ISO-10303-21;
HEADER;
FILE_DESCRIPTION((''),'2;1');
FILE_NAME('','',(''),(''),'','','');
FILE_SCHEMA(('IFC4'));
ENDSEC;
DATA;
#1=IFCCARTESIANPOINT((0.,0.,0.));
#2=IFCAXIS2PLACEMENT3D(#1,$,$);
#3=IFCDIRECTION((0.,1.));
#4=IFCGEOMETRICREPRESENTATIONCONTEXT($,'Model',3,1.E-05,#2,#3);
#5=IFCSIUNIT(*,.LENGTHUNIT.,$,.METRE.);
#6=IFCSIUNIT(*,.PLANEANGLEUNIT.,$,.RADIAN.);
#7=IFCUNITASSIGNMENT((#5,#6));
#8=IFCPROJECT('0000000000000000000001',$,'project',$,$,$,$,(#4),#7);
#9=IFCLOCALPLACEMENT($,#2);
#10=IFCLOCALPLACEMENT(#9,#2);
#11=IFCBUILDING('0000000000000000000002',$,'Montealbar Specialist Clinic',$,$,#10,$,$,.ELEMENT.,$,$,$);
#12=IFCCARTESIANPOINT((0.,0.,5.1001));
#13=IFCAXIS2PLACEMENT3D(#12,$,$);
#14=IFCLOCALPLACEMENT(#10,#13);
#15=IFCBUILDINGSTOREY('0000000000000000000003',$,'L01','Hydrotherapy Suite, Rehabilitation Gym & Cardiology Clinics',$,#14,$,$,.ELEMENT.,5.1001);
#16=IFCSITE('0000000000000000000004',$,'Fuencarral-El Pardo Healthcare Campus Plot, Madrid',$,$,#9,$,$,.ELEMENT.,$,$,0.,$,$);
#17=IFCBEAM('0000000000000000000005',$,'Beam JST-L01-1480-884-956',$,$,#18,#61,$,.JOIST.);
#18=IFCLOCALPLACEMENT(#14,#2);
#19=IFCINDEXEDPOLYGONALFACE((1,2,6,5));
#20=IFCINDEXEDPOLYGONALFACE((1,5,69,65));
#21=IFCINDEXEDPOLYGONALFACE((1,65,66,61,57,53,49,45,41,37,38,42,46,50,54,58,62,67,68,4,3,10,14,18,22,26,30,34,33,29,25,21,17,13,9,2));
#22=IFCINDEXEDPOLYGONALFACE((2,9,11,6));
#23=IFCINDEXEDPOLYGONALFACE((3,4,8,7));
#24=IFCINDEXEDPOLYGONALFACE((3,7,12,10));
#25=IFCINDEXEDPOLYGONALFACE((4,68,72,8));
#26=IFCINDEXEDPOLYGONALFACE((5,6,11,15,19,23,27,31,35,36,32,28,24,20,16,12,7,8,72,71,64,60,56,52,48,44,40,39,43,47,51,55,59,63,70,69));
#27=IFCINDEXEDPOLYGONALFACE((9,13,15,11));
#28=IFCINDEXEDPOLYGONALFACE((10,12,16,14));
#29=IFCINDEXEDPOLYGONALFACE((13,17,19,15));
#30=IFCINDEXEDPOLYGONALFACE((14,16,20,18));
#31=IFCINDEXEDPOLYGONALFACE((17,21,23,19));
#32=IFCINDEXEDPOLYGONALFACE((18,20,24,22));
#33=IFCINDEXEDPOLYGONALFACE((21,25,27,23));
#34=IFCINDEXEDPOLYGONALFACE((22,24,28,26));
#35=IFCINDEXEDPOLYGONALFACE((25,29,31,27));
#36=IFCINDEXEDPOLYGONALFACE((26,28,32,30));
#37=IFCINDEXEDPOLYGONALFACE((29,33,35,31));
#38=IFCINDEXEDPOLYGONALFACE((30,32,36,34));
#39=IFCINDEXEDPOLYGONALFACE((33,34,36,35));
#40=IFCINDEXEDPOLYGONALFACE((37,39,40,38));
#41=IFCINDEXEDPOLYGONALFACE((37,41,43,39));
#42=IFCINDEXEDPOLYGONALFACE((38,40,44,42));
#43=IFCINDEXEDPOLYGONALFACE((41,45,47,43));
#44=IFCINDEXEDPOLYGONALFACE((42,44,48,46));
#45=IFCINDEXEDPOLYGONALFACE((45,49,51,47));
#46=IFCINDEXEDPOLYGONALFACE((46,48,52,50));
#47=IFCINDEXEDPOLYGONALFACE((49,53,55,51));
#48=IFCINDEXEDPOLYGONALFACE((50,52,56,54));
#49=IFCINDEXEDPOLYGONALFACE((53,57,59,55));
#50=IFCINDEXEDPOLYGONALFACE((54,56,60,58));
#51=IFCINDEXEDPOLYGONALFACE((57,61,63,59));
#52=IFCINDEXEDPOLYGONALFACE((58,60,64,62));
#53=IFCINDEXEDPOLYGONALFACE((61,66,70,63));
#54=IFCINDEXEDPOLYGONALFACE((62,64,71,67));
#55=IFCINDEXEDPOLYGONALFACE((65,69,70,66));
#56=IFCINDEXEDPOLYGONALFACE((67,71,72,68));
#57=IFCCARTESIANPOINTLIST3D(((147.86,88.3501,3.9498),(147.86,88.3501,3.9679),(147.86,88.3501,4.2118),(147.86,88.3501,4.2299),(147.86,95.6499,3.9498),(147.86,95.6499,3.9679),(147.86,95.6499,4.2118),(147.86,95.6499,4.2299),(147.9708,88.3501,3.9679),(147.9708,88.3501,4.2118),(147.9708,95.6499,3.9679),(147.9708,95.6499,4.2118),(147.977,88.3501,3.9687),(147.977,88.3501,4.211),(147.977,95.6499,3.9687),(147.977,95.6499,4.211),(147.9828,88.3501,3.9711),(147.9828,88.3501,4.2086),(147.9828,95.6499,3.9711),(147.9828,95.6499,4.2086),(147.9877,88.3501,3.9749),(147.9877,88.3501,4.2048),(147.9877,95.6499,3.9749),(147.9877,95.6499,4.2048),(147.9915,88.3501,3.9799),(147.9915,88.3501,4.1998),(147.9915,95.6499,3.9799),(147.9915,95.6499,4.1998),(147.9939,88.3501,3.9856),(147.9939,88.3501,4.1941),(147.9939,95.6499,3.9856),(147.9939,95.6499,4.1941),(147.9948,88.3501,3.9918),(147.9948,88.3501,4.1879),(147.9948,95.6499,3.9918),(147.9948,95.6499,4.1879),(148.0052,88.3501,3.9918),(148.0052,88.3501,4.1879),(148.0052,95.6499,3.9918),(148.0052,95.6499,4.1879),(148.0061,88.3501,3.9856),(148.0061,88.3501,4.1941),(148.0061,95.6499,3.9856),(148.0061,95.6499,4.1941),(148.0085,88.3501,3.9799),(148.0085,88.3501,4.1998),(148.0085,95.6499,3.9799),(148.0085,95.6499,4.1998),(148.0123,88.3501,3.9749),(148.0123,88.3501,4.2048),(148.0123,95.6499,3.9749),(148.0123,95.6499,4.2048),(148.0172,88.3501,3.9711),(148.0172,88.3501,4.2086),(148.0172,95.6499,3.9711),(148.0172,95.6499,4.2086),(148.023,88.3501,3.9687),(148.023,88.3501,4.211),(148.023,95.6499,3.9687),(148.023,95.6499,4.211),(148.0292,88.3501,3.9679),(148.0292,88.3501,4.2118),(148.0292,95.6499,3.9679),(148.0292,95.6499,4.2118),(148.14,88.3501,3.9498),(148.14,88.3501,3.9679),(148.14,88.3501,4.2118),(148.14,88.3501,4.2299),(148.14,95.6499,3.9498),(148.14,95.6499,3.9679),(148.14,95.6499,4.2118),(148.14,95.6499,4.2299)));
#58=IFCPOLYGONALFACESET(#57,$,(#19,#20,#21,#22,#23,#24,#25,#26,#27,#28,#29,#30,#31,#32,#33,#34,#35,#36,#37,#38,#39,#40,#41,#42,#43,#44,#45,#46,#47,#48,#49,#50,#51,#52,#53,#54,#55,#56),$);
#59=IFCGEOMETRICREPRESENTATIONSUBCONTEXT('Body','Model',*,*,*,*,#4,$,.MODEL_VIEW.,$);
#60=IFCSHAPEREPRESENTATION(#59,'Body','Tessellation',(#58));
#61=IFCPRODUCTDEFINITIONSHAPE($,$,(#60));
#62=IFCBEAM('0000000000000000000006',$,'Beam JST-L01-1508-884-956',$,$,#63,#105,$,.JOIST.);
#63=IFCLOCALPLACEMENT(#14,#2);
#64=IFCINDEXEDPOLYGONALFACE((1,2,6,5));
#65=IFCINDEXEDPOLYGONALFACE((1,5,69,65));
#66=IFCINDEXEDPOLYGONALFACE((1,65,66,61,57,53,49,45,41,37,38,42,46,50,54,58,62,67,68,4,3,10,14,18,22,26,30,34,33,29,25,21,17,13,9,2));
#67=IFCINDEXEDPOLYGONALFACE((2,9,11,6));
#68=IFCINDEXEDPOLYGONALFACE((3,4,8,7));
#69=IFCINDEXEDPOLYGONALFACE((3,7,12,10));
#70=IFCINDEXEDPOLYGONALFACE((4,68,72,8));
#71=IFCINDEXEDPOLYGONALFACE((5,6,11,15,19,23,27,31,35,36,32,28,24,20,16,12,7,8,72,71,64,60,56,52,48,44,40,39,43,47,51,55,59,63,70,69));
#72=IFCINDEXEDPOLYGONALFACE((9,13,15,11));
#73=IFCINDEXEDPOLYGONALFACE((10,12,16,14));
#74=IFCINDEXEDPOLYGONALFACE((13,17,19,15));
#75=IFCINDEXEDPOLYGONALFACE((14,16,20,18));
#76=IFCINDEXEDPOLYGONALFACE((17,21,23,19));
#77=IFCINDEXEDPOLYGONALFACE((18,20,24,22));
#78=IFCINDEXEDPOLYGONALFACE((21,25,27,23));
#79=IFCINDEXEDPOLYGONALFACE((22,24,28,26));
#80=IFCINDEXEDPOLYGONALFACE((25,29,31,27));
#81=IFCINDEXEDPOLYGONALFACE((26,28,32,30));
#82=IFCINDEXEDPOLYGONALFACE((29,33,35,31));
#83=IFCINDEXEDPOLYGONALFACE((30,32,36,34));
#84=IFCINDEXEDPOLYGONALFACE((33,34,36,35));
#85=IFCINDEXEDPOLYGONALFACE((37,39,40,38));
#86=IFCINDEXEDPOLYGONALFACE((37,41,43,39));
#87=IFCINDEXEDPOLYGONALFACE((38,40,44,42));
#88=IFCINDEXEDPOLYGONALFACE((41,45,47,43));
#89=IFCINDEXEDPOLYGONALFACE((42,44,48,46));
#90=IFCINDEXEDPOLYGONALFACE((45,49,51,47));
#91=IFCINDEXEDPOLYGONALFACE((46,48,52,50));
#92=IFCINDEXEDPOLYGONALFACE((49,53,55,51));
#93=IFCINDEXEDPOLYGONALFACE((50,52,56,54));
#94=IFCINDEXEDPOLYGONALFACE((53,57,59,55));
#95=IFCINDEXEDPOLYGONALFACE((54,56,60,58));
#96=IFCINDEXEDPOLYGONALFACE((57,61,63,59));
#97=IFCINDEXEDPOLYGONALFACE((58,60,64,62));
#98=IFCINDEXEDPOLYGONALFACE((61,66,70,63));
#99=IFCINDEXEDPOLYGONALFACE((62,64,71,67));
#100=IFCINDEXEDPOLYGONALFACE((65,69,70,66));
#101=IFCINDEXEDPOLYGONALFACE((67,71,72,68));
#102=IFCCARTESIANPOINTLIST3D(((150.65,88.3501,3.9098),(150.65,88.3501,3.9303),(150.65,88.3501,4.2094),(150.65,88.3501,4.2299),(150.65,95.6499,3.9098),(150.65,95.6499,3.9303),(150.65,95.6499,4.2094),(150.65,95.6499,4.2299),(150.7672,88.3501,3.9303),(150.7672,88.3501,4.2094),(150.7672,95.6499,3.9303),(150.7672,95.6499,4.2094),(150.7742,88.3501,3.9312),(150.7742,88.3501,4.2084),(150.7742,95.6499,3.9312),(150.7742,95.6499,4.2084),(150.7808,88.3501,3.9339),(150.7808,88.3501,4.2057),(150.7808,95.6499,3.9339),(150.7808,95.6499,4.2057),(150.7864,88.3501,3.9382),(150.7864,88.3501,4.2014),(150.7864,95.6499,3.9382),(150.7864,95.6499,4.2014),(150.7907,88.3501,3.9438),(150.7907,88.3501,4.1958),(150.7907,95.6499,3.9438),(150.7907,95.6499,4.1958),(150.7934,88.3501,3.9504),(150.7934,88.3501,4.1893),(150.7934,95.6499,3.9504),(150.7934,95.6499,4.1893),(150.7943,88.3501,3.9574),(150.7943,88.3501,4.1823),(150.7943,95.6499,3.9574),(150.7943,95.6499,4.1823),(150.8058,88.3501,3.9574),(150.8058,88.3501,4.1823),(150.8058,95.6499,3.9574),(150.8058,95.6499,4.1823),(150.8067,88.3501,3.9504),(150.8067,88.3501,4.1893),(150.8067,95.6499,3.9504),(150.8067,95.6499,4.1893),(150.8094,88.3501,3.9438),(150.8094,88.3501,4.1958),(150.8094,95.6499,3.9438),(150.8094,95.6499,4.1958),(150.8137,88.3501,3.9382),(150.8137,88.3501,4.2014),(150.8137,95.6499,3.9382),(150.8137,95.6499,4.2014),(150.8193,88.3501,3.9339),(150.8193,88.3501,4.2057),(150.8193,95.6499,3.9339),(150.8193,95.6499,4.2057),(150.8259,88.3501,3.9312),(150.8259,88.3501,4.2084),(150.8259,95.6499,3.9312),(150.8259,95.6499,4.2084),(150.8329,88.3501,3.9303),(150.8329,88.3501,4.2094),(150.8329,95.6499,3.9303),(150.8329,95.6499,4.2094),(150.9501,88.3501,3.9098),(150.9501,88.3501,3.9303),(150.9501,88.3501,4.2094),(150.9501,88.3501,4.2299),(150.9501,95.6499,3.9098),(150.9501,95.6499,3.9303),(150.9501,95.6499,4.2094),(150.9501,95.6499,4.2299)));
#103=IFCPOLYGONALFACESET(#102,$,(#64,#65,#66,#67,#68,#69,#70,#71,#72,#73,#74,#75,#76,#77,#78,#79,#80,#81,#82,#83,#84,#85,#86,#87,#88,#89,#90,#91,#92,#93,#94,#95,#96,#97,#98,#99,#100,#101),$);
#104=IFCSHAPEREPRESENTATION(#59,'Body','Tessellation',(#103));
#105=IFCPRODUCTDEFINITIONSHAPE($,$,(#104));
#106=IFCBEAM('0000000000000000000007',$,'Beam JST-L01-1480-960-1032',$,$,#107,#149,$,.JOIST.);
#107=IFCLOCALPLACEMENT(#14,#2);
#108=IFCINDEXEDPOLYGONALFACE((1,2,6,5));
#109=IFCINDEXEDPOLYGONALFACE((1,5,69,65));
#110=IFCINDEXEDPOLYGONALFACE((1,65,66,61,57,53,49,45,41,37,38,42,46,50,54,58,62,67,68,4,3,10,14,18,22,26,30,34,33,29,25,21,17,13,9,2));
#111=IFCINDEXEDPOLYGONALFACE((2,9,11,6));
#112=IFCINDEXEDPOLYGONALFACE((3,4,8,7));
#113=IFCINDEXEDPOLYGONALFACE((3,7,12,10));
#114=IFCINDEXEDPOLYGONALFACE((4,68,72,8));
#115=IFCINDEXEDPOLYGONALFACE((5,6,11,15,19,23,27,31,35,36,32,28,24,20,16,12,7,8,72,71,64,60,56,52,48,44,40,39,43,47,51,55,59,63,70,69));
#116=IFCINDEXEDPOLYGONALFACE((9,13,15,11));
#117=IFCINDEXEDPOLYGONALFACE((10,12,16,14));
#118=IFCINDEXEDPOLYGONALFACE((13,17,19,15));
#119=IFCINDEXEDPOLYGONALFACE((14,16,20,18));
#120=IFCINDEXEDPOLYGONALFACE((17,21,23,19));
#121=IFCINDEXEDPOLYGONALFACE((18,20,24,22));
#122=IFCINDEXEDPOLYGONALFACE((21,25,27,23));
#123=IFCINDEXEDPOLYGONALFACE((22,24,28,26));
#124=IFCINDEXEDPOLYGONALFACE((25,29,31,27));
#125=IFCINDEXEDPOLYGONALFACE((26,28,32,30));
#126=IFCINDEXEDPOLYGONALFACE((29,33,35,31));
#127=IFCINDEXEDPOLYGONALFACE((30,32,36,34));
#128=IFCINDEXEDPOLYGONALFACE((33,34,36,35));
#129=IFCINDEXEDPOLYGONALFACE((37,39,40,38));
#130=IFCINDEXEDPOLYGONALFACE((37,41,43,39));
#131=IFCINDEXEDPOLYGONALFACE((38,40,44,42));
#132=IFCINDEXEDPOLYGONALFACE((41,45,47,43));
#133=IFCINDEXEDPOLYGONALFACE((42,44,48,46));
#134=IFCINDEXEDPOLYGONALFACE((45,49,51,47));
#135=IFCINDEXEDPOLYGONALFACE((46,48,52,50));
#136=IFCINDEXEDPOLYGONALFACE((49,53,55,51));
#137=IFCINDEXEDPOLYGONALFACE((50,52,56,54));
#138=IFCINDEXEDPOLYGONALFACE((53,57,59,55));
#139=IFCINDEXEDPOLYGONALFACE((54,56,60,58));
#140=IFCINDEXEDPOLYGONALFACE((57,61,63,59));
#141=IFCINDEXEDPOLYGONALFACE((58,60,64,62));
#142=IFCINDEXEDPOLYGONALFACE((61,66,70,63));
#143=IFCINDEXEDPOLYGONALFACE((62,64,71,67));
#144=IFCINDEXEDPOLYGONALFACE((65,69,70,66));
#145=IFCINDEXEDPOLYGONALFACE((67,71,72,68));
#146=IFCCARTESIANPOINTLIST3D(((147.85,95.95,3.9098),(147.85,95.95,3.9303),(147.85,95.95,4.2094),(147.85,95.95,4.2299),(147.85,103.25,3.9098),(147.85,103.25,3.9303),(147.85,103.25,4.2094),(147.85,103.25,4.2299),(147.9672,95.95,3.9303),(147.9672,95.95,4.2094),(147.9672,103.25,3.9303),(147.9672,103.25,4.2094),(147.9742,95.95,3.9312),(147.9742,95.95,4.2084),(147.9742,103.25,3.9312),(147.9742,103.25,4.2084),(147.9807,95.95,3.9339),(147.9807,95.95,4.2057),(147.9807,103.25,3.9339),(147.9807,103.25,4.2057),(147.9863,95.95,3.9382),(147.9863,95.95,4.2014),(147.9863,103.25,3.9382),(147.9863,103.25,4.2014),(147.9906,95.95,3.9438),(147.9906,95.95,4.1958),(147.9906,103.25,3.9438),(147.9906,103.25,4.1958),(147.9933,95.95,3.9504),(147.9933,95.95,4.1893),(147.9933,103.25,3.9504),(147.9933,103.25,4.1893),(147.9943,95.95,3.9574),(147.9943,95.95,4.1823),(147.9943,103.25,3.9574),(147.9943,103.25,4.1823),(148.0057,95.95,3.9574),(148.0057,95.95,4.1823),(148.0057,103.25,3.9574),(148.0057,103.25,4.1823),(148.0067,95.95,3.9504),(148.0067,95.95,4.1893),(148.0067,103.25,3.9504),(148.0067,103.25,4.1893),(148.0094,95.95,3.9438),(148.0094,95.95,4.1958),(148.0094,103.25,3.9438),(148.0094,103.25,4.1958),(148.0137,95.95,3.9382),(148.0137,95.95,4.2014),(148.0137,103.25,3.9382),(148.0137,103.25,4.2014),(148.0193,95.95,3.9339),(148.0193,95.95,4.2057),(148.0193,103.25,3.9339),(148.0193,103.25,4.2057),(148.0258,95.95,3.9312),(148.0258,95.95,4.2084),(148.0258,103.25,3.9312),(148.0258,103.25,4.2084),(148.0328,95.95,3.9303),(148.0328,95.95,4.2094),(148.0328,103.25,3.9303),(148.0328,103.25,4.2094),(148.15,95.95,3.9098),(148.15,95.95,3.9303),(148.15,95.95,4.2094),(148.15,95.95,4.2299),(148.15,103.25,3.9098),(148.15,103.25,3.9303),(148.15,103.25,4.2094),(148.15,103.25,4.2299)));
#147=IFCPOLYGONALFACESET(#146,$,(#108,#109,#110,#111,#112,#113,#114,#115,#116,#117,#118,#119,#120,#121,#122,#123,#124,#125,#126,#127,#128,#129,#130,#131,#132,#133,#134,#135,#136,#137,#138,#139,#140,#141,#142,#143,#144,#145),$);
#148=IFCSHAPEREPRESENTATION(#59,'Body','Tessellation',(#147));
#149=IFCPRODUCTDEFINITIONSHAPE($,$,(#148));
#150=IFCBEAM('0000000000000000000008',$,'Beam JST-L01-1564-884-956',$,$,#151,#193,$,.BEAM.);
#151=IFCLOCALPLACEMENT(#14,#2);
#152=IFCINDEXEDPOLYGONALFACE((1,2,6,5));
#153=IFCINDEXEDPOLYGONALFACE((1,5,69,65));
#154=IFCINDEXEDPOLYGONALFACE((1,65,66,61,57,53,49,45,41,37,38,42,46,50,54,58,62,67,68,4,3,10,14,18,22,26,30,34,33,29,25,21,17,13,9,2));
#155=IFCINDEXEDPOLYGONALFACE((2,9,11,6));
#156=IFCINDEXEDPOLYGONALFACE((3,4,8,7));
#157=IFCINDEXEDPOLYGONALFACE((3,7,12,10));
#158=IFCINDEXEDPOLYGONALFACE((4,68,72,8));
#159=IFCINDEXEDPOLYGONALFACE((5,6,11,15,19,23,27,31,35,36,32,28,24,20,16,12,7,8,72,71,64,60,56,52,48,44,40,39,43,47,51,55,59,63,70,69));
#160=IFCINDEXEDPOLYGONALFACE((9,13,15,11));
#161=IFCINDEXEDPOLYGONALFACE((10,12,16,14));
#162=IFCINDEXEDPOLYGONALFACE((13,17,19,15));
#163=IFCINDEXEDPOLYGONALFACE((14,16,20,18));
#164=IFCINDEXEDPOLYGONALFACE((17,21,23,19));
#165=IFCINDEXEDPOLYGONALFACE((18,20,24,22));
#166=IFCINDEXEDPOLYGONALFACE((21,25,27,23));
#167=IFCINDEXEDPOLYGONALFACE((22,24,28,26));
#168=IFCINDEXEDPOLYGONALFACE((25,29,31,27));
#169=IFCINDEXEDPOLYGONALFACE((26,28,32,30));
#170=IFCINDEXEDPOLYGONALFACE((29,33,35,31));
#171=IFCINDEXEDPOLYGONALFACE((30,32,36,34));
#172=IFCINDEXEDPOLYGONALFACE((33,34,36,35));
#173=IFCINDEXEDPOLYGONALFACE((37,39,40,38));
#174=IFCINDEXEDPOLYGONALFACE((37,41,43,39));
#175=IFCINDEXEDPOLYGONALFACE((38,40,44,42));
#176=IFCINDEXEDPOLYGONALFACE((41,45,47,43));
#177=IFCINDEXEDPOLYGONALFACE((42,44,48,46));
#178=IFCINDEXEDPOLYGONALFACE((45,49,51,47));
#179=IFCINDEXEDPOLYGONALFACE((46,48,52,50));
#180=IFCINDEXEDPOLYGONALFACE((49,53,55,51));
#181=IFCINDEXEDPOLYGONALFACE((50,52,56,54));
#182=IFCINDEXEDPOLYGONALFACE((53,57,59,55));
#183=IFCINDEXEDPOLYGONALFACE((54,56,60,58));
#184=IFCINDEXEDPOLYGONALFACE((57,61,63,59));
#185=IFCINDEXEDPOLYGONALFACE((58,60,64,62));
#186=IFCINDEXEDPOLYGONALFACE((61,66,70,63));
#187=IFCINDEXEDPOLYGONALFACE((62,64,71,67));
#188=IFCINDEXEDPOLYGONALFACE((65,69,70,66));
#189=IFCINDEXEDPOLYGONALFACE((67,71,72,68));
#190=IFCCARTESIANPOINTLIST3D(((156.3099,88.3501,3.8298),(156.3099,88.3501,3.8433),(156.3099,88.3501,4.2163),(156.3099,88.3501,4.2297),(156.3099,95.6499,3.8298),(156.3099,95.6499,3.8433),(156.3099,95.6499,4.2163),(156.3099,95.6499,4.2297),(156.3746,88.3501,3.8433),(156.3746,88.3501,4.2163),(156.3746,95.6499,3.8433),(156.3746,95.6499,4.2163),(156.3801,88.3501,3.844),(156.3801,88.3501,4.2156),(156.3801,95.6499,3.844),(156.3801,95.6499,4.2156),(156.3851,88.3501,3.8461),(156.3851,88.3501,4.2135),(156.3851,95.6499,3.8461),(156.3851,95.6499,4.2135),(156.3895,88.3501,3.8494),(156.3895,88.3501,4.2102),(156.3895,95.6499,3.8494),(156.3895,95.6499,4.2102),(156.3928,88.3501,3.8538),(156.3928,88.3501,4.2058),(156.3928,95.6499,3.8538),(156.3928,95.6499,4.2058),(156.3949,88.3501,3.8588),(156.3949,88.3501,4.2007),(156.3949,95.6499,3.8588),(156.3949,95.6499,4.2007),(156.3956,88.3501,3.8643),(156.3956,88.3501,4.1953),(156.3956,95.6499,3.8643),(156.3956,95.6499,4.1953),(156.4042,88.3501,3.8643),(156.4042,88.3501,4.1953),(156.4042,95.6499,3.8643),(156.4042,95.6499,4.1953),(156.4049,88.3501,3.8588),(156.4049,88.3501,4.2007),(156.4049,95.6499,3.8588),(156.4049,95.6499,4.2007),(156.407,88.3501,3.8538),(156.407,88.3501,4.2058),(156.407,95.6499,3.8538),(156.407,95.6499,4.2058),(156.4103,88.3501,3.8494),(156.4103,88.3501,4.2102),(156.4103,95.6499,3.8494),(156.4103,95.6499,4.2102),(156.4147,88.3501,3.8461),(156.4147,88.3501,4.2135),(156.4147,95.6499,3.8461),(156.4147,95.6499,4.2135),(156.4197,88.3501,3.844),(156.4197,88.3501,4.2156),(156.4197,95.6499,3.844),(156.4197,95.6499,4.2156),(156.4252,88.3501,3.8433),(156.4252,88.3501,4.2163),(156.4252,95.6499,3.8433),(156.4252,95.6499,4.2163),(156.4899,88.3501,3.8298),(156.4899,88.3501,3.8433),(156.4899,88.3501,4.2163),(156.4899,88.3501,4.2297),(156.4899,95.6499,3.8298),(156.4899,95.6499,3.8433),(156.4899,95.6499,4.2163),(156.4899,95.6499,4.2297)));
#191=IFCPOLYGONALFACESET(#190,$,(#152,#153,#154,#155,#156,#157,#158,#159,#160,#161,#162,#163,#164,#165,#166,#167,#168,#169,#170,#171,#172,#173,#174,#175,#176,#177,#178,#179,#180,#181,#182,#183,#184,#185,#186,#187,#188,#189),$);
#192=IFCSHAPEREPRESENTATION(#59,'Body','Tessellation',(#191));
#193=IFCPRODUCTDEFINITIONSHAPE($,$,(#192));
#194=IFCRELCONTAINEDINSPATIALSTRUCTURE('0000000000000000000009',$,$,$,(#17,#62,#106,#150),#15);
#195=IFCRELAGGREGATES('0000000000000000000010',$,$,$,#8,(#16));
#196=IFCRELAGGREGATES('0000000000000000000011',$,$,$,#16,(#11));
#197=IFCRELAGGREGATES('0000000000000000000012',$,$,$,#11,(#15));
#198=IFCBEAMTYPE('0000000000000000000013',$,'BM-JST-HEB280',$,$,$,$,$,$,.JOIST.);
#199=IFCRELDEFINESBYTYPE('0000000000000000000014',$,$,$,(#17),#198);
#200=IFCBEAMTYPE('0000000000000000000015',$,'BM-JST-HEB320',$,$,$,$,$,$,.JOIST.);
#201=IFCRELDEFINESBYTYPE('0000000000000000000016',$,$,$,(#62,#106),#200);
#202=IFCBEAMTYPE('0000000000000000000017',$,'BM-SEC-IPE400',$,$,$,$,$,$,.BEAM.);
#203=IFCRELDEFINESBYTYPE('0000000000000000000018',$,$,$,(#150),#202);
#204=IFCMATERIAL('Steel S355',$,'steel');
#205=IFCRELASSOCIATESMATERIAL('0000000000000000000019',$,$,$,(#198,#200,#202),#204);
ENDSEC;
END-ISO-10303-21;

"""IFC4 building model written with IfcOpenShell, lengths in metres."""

from ifc_helpers import new_model, si_unit, direction, frame, origin, origin_2d, place, context, subcontext, project, spatial, i_section, extrude, material, material_profile, profile_set, type_object, element, save


model = new_model("IFC4")

# Units and contexts
model_context = context("Model", 3, precision=1e-05, world=origin(), true_north=direction((0.0, 1.0)))
body_context = subcontext(model_context, "Body", "Model", "MODEL_VIEW")
ifc_project = project(units=[si_unit("LENGTHUNIT", "METRE"), si_unit("PLANEANGLEUNIT", "RADIAN")], contexts=[model_context])

# Site, building, storey
site_placement = place(None, origin())
site = spatial("IfcSite", under=ifc_project, at=site_placement, Name="Fuencarral-El Pardo Healthcare Campus Plot, Madrid", CompositionType="ELEMENT", RefElevation=0.0)
building_placement = place(site_placement, origin())
building = spatial("IfcBuilding", under=site, at=building_placement, Name="Montealbar Specialist Clinic", CompositionType="ELEMENT")
storey_placement = place(building_placement, frame((0.0, 0.0, 5.1001)))
storey = spatial("IfcBuildingStorey", under=building, at=storey_placement, Name="L01", Description="Hydrotherapy Suite, Rehabilitation Gym & Cardiology Clinics", CompositionType="ELEMENT", Elevation=5.1001)

# Shared definitions
ifc_material_1 = material(Name="Steel S355", Category="steel")

# Beams
ifc_material_profile_1 = material_profile(ifc_material_1, i_section(OverallWidth=0.28, OverallDepth=0.28, WebThickness=0.0105, FlangeThickness=0.0181, FilletRadius=0.0239, at=origin_2d()), Name="HEB 280", Category="steel")
ifc_profile_set_1 = profile_set([ifc_material_profile_1], Name="Steel S355")
beam_type_1 = type_object("IfcBeamType", Name="BM-JST-HEB280", PredefinedType="JOIST", material=ifc_profile_set_1)
beam_1_placement = place(storey_placement, frame((148.0, 88.3501, 4.0898), z_axis=(0.0, 1.0, 0.0), x_axis=(-1.0, 0.0, 0.0)))
element("IfcBeam", 1, at=beam_1_placement, inside=storey, type_object=beam_type_1, Name="Beam JST-L01-1480-884-956", PredefinedType="JOIST", context=body_context, shape_type="SweptSolid", body=[
    extrude(i_section(OverallWidth=0.28, OverallDepth=0.28, WebThickness=0.0105, FlangeThickness=0.0181, FilletRadius=0.0239, at=origin_2d()), origin(), (0.0, 0.0, 1.0), 7.2998),
])
ifc_material_profile_2 = material_profile(ifc_material_1, i_section(OverallWidth=0.3, OverallDepth=0.3201, WebThickness=0.0115, FlangeThickness=0.0205, FilletRadius=0.0271, at=origin_2d()), Name="HEB 320", Category="steel")
ifc_profile_set_2 = profile_set([ifc_material_profile_2], Name="Steel S355")
beam_type_2 = type_object("IfcBeamType", Name="BM-JST-HEB320", PredefinedType="JOIST", material=ifc_profile_set_2)
beam_2_placement = place(storey_placement, frame((150.8, 88.3501, 4.0698), z_axis=(0.0, 1.0, 0.0), x_axis=(-1.0, 0.0, 0.0)))
element("IfcBeam", 2, at=beam_2_placement, inside=storey, type_object=beam_type_2, Name="Beam JST-L01-1508-884-956", PredefinedType="JOIST", context=body_context, shape_type="SweptSolid", body=[
    extrude(i_section(OverallWidth=0.3, OverallDepth=0.3201, WebThickness=0.0115, FlangeThickness=0.0205, FilletRadius=0.0271, at=origin_2d()), origin(), (0.0, 0.0, 1.0), 7.2998),
])
beam_3_placement = place(storey_placement, frame((148.0, 95.95, 4.0698), z_axis=(0.0, 1.0, 0.0), x_axis=(-1.0, 0.0, 0.0)))
element("IfcBeam", 3, at=beam_3_placement, inside=storey, type_object=beam_type_2, Name="Beam JST-L01-1480-960-1032", PredefinedType="JOIST", context=body_context, shape_type="SweptSolid", body=[
    extrude(i_section(OverallWidth=0.3, OverallDepth=0.3201, WebThickness=0.0115, FlangeThickness=0.0205, FilletRadius=0.0271, at=origin_2d()), origin(), (0.0, 0.0, 1.0), 7.3),
])
ifc_material_profile_3 = material_profile(ifc_material_1, i_section(OverallWidth=0.1799, OverallDepth=0.3999, WebThickness=0.0085, FlangeThickness=0.0134, FilletRadius=0.021, at=origin_2d()), Name="IPE 400", Category="steel")
ifc_profile_set_3 = profile_set([ifc_material_profile_3], Name="Steel S355")
beam_type_3 = type_object("IfcBeamType", Name="BM-SEC-IPE400", PredefinedType="BEAM", material=ifc_profile_set_3)
beam_4_placement = place(storey_placement, frame((156.3999, 88.3501, 4.0298), z_axis=(0.0, 1.0, 0.0), x_axis=(-1.0, 0.0, 0.0)))
element("IfcBeam", 4, at=beam_4_placement, inside=storey, type_object=beam_type_3, Name="Beam JST-L01-1564-884-956", PredefinedType="BEAM", context=body_context, shape_type="SweptSolid", body=[
    extrude(i_section(OverallWidth=0.1799, OverallDepth=0.3999, WebThickness=0.0085, FlangeThickness=0.0134, FilletRadius=0.021, at=origin_2d()), origin(), (0.0, 0.0, 1.0), 7.2998),
])

save(model, "model.ifc")
